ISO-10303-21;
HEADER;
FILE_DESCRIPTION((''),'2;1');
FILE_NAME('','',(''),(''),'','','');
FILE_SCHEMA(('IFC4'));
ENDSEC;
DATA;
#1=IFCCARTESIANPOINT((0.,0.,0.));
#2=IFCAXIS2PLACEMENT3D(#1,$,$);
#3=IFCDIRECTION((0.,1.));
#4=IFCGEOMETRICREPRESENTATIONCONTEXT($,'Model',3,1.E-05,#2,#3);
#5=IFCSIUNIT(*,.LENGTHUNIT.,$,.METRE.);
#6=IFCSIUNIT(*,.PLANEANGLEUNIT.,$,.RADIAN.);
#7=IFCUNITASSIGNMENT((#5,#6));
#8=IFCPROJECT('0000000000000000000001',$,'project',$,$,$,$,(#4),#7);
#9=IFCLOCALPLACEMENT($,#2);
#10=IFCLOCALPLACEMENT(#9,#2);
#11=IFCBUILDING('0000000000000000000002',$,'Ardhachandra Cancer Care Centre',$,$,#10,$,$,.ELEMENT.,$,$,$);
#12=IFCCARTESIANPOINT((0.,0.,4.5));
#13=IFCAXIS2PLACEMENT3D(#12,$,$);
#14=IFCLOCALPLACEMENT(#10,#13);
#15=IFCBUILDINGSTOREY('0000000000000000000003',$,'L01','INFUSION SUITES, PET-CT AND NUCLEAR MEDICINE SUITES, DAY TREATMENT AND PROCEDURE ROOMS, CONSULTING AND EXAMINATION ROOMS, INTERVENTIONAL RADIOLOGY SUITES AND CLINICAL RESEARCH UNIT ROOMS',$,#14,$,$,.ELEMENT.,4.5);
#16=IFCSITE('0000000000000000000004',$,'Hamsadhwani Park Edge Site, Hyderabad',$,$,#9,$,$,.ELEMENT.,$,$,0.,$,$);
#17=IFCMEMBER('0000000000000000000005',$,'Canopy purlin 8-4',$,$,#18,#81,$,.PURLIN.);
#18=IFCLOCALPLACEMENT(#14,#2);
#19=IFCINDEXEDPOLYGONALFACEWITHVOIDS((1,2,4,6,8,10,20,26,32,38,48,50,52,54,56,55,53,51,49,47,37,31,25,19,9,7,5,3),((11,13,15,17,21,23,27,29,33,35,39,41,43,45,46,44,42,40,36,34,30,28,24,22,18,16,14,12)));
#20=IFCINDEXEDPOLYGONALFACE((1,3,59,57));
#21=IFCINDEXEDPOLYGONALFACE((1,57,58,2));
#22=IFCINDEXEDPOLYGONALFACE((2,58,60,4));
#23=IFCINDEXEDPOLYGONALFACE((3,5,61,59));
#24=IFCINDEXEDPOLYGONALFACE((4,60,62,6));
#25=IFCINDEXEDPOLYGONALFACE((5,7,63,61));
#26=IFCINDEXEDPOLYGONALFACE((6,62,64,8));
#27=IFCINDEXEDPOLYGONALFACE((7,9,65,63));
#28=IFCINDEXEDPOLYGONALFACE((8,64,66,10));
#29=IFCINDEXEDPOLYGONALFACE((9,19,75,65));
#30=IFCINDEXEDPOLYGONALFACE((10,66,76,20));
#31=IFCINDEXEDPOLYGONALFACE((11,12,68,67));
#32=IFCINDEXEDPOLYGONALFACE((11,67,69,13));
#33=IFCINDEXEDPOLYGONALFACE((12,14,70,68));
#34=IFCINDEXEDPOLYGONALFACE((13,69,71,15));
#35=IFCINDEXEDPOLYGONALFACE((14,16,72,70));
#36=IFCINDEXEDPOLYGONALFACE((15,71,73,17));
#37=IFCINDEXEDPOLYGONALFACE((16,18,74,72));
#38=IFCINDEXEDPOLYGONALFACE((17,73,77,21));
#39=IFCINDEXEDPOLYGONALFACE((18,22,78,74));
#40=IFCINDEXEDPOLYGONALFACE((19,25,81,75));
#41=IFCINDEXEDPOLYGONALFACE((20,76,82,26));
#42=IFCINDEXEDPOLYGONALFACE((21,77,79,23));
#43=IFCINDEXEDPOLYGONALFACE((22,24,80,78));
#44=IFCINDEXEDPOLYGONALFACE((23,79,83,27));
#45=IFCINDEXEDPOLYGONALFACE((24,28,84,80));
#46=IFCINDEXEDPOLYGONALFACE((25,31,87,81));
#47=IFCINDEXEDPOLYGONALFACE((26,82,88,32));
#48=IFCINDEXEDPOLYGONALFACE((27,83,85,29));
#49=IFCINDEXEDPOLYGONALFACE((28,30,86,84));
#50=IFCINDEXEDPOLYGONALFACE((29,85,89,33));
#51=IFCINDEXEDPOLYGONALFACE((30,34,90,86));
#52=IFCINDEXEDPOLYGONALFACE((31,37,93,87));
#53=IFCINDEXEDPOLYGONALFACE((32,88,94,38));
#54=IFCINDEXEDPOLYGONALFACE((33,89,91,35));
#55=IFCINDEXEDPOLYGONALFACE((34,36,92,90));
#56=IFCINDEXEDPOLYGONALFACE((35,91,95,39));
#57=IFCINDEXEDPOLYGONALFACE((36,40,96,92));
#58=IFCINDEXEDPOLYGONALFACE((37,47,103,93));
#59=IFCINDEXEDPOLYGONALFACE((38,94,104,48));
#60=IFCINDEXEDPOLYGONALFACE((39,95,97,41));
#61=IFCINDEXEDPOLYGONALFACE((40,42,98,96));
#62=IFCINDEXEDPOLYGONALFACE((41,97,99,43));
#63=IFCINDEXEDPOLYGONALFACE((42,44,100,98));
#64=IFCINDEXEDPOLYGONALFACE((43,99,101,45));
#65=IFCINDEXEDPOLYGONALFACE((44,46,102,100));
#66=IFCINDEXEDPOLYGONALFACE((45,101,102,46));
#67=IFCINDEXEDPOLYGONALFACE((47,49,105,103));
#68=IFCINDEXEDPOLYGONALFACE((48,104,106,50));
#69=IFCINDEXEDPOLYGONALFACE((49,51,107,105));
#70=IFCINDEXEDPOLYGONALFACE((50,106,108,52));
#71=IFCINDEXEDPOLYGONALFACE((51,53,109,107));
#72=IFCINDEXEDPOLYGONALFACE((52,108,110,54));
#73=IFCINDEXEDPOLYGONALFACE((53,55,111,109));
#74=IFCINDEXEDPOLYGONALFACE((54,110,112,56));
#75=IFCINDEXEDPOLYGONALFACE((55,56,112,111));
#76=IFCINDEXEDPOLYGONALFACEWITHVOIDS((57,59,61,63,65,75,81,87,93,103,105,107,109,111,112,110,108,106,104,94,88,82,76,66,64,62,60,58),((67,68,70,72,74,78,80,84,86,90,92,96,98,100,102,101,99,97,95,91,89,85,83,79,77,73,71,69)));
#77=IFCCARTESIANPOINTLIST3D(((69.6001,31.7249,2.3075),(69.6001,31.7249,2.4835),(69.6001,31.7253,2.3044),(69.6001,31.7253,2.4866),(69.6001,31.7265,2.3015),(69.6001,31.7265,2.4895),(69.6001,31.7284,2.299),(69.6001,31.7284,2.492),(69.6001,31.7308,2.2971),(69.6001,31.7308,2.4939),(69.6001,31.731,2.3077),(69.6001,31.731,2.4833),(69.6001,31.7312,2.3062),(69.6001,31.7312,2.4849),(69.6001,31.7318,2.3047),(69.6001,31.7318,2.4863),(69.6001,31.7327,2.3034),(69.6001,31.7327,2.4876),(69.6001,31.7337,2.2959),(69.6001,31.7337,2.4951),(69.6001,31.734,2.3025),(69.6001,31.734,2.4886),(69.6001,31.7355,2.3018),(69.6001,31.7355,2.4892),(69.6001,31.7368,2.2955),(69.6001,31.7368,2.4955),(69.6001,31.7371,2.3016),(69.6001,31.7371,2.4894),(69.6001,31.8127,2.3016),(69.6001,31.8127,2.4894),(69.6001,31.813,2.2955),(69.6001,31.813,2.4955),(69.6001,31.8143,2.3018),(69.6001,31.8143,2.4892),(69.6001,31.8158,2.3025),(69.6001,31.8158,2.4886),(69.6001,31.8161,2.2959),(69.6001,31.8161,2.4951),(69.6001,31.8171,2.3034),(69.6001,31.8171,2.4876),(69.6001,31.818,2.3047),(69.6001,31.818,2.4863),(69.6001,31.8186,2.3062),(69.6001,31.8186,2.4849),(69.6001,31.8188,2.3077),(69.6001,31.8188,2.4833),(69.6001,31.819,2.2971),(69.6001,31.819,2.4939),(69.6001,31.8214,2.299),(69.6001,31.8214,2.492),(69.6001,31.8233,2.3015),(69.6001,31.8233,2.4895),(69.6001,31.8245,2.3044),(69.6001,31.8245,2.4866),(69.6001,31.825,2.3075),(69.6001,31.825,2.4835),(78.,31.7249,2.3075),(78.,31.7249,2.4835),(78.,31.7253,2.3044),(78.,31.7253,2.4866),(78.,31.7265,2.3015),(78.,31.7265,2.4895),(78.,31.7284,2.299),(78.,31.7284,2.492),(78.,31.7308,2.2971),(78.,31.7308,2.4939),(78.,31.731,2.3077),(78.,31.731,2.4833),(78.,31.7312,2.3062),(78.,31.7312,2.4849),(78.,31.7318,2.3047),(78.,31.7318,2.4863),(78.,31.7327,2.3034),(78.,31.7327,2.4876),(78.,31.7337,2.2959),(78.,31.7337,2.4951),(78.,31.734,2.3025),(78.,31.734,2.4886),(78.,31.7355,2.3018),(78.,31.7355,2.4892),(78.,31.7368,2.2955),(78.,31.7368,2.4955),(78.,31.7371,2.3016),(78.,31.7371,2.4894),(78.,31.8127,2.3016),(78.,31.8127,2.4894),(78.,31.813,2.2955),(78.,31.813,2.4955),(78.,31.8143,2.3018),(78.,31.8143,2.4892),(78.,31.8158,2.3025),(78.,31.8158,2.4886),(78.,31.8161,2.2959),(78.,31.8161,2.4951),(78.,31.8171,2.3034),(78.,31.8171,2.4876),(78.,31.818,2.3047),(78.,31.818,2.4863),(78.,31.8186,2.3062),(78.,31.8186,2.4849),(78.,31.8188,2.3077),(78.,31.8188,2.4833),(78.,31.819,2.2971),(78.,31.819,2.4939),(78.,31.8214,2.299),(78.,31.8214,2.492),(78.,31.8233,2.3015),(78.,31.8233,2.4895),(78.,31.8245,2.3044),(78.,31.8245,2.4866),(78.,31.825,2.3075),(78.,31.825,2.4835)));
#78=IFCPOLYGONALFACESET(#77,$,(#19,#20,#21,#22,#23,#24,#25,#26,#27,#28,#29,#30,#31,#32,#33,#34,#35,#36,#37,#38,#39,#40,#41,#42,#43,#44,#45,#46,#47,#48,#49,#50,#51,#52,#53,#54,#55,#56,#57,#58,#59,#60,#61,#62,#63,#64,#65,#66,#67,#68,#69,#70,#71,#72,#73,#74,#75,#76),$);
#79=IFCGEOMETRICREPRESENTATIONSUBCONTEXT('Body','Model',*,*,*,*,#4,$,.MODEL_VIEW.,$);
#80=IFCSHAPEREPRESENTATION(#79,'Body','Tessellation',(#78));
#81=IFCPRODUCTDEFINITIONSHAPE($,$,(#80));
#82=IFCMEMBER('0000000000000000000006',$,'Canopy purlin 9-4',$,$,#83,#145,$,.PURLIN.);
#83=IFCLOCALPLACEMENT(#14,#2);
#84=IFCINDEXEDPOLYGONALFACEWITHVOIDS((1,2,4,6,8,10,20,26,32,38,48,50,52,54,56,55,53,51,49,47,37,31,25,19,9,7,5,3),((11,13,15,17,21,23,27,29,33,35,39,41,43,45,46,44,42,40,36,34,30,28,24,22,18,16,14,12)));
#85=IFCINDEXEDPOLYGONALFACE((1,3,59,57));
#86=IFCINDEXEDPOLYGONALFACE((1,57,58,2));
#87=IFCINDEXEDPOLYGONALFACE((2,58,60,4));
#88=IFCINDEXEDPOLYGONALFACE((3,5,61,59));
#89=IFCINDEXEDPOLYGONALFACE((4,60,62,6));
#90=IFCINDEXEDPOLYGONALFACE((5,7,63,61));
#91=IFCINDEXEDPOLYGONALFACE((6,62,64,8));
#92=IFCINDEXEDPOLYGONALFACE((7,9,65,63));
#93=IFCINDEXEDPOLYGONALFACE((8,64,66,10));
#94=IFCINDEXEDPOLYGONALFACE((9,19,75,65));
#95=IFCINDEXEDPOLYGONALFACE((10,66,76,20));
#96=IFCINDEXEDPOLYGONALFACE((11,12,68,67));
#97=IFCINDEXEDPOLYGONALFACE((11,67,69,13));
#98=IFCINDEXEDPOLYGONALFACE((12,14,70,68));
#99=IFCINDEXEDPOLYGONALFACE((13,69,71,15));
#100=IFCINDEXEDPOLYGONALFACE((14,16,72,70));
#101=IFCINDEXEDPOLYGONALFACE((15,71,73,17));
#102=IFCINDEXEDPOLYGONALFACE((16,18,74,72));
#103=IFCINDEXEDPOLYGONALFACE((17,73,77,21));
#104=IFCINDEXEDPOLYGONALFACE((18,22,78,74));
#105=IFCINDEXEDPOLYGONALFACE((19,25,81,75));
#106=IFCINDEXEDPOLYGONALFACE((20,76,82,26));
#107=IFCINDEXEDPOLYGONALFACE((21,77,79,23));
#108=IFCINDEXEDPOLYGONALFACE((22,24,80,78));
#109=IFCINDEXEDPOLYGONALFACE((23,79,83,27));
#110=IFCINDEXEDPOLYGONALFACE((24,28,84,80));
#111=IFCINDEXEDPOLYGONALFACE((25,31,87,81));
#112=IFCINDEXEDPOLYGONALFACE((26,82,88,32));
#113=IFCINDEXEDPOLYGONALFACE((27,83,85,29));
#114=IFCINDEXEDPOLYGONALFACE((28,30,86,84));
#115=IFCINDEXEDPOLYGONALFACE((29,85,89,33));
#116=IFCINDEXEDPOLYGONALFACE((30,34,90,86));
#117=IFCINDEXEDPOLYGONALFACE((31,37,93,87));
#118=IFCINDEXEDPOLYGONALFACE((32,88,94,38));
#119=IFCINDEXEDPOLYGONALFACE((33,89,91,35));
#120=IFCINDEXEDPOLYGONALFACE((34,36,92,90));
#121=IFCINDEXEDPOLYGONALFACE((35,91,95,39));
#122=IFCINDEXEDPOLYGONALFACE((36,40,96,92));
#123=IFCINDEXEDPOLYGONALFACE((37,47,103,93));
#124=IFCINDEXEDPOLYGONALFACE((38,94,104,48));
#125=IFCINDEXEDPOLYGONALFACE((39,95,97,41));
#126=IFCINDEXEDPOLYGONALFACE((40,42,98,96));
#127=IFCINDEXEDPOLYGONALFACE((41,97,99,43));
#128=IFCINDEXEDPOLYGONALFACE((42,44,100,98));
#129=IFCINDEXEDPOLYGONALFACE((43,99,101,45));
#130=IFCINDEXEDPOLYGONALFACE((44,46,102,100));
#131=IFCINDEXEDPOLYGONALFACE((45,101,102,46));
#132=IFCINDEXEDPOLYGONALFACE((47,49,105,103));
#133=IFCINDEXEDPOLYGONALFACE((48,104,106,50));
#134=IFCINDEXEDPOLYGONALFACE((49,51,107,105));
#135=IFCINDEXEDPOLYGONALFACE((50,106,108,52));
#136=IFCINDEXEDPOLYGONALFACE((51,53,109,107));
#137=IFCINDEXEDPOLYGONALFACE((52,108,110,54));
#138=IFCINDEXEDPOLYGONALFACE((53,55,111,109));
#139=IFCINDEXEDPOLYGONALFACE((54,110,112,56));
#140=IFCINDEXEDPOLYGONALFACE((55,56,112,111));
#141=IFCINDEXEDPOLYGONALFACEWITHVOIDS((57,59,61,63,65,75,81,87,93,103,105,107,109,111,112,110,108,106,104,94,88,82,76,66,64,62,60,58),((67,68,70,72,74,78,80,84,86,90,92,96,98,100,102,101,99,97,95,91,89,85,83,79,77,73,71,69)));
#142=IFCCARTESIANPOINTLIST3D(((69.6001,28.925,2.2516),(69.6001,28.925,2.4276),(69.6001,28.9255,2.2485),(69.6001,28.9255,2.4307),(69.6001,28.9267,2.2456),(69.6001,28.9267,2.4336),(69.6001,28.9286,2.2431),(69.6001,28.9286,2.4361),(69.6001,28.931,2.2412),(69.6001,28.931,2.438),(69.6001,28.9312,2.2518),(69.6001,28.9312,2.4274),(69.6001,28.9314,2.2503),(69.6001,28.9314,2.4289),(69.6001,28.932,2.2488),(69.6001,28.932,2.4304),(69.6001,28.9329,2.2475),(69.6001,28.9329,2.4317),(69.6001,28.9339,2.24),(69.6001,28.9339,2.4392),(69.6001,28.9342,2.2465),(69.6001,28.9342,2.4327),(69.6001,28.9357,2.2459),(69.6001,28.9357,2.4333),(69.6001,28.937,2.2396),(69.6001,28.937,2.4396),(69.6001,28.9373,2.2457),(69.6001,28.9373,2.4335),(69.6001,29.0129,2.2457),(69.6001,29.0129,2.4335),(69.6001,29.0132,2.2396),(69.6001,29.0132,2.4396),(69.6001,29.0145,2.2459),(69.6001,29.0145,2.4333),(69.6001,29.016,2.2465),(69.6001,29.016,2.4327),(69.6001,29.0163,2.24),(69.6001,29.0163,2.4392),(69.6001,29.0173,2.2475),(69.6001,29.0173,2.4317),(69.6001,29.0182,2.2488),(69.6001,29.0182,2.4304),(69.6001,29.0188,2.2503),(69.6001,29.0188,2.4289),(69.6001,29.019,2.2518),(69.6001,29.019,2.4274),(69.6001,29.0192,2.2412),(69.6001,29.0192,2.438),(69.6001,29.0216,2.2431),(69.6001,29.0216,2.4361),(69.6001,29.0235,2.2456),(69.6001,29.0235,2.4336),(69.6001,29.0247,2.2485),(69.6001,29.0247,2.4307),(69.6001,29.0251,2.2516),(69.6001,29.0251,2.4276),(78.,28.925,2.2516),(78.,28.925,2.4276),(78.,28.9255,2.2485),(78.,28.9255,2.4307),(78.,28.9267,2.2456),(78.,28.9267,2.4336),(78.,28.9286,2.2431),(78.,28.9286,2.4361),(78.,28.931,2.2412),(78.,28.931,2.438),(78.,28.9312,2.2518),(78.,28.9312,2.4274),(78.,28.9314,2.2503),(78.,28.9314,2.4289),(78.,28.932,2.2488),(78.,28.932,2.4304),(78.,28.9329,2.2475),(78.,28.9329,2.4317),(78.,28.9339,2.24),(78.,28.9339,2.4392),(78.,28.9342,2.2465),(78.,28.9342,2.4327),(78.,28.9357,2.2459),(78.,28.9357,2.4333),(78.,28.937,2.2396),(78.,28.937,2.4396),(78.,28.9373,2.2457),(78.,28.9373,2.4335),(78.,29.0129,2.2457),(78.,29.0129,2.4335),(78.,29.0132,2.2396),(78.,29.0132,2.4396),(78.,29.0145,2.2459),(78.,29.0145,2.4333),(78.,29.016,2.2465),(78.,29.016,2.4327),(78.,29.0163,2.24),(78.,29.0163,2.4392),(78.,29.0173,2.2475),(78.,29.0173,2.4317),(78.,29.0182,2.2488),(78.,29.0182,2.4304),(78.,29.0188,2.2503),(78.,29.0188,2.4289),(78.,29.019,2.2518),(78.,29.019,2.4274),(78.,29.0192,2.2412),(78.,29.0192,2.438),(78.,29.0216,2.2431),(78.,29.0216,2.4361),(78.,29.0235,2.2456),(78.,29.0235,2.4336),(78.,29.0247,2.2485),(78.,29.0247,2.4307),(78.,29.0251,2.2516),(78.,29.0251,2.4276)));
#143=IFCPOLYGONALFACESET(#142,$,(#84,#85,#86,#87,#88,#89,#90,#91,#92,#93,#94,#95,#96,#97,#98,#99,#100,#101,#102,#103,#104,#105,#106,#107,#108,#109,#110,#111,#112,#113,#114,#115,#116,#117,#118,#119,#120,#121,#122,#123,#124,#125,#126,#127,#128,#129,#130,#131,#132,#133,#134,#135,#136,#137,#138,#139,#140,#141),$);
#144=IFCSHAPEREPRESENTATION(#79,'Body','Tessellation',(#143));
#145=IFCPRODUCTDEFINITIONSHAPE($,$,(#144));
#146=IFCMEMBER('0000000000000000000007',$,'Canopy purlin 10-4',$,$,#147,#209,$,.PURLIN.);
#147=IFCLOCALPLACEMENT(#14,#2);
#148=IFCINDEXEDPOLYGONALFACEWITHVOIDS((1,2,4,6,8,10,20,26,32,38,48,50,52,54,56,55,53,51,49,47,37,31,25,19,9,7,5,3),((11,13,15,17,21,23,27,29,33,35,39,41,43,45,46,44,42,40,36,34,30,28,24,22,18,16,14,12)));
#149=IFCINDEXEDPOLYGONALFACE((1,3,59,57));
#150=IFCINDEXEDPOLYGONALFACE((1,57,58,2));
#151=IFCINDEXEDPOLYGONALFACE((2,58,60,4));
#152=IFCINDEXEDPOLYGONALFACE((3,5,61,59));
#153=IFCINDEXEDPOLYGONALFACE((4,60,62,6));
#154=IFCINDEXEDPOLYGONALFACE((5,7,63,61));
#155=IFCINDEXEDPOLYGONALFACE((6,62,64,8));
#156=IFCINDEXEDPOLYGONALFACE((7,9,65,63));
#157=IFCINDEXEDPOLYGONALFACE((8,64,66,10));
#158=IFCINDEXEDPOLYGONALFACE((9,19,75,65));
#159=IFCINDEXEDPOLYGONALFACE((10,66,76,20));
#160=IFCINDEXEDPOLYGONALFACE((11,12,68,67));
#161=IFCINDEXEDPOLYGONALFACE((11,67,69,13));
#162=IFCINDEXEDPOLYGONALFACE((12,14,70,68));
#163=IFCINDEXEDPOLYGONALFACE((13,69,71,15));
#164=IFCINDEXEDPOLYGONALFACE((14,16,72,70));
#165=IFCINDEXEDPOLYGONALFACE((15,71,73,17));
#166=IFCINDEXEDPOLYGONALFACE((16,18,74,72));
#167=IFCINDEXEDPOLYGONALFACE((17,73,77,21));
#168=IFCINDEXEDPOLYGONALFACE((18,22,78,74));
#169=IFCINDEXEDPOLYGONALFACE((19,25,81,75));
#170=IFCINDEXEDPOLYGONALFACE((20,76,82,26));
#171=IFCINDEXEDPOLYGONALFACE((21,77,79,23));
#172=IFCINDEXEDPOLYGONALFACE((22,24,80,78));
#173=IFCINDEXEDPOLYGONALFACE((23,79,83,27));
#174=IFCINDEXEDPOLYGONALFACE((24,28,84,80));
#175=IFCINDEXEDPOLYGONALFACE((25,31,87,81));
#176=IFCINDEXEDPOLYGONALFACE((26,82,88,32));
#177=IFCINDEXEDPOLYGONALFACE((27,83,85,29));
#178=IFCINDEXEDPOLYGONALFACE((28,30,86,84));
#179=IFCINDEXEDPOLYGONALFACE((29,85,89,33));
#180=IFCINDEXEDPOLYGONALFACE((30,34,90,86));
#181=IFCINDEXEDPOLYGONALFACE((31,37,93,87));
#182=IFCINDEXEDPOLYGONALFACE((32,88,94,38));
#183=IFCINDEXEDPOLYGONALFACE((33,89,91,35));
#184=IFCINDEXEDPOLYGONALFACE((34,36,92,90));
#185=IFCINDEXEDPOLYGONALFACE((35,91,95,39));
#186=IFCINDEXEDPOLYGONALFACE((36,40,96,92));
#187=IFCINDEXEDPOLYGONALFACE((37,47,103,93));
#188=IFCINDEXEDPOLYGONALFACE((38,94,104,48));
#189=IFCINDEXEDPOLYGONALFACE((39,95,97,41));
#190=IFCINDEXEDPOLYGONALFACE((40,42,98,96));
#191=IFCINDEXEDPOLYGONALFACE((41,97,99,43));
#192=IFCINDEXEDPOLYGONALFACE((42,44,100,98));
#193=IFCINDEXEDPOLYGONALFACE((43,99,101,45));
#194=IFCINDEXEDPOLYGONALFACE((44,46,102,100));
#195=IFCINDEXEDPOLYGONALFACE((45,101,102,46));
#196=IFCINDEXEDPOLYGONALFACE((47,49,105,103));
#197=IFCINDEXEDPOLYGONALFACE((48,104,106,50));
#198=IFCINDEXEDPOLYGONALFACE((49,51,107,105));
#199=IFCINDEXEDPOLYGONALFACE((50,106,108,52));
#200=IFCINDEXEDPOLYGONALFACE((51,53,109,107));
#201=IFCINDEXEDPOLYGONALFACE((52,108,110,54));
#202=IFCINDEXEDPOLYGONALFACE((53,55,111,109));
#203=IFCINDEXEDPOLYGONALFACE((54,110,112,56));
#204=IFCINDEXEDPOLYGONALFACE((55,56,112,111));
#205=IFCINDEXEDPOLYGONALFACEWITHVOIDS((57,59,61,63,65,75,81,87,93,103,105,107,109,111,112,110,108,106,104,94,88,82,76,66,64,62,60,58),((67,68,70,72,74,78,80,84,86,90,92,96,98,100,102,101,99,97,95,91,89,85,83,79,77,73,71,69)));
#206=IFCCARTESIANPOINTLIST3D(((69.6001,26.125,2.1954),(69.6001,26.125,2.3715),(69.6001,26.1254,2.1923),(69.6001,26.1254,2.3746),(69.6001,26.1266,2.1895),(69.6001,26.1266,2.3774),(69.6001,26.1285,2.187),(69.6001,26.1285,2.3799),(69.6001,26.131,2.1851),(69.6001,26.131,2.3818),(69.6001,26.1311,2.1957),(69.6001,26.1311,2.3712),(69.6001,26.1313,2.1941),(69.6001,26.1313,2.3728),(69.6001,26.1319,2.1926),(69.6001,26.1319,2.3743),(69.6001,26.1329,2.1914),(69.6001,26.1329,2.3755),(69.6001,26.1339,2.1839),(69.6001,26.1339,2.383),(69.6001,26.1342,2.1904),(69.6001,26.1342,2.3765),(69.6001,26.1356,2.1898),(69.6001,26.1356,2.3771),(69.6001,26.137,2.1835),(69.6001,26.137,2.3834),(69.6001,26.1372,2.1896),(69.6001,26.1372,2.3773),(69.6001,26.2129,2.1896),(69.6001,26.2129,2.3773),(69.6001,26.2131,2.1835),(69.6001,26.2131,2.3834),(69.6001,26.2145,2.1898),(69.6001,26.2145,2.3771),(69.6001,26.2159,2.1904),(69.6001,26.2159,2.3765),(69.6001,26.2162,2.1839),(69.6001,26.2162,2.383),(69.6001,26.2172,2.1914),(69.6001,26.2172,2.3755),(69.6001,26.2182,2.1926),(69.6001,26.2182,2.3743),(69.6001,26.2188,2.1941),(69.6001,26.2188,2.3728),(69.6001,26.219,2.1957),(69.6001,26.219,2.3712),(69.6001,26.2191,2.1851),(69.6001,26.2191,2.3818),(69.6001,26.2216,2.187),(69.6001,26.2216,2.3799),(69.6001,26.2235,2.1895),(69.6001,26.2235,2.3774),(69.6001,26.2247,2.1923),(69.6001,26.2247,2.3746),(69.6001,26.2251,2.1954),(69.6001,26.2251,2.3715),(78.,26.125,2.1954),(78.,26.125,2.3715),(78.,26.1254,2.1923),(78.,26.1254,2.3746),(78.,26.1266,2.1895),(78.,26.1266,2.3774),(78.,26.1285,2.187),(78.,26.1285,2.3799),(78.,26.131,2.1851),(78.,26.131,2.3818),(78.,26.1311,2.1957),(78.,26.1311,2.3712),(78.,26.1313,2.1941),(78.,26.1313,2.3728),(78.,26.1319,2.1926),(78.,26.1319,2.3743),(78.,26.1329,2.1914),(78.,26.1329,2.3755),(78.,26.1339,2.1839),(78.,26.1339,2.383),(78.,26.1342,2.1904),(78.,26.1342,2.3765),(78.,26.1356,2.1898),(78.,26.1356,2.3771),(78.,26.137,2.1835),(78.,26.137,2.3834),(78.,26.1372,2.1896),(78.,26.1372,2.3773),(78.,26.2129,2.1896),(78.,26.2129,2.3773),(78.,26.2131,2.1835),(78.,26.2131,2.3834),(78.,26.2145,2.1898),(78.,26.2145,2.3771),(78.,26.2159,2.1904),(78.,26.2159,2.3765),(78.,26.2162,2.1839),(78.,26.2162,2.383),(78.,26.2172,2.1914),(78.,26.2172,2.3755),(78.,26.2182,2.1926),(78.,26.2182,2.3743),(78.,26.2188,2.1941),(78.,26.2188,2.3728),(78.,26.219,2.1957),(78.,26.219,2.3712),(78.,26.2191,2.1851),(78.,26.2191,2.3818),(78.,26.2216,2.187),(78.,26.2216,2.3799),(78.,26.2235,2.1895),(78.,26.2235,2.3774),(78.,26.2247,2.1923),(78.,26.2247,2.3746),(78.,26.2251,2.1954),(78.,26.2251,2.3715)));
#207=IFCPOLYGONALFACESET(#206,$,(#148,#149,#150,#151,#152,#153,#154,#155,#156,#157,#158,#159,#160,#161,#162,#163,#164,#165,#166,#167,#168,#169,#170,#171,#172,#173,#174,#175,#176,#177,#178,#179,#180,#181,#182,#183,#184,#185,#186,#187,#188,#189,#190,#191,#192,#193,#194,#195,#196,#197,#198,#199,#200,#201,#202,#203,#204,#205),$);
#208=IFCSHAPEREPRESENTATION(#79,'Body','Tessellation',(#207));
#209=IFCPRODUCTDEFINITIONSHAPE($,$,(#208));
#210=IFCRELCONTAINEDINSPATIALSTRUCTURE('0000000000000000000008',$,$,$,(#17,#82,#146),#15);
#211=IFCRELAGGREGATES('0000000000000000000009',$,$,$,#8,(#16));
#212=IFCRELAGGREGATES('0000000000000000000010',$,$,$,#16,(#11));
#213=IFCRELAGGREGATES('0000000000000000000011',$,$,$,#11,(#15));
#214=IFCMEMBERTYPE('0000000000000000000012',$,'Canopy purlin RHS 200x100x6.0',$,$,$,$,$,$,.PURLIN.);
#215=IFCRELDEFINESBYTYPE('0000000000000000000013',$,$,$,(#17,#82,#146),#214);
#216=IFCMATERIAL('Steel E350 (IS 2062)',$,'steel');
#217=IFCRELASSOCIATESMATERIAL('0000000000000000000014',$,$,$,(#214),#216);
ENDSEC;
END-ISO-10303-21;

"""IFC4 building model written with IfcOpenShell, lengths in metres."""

from ifc_helpers import new_model, si_unit, direction, frame, origin, origin_2d, place, context, subcontext, project, spatial, hollow_rectangle, extrude, material, material_profile, profile_set, type_object, element, save


model = new_model("IFC4")

# Units and contexts
model_context = context("Model", 3, precision=1e-05, world=origin(), true_north=direction((0.0, 1.0)))
body_context = subcontext(model_context, "Body", "Model", "MODEL_VIEW")
ifc_project = project(units=[si_unit("LENGTHUNIT", "METRE"), si_unit("PLANEANGLEUNIT", "RADIAN")], contexts=[model_context])

# Site, building, storey
site_placement = place(None, origin())
site = spatial("IfcSite", under=ifc_project, at=site_placement, Name="Hamsadhwani Park Edge Site, Hyderabad", CompositionType="ELEMENT", RefElevation=0.0)
building_placement = place(site_placement, origin())
building = spatial("IfcBuilding", under=site, at=building_placement, Name="Ardhachandra Cancer Care Centre", CompositionType="ELEMENT")
storey_placement = place(building_placement, frame((0.0, 0.0, 4.5)))
storey = spatial("IfcBuildingStorey", under=building, at=storey_placement, Name="L01", Description="INFUSION SUITES, PET-CT AND NUCLEAR MEDICINE SUITES, DAY TREATMENT AND PROCEDURE ROOMS, CONSULTING AND EXAMINATION ROOMS, INTERVENTIONAL RADIOLOGY SUITES AND CLINICAL RESEARCH UNIT ROOMS", CompositionType="ELEMENT", Elevation=4.5)

# Members
ifc_material_1 = material(Name="Steel E350 (IS 2062)", Category="steel")
ifc_material_profile_1 = material_profile(ifc_material_1, hollow_rectangle(XDim=0.1001, YDim=0.2, WallThickness=0.0061, InnerFilletRadius=0.0061, OuterFilletRadius=0.012, at=origin_2d()), Name="RHS 200x100x6.0")
ifc_profile_set_1 = profile_set([ifc_material_profile_1], Name="Steel E350 (IS 2062)")
member_type_1 = type_object("IfcMemberType", Name="Canopy purlin RHS 200x100x6.0", PredefinedType="PURLIN", material=ifc_profile_set_1)
for number, where, z_axis, x_axis, name in (
    (1, (69.6001, 31.7749, 2.3955), (1.0, 0.0, 0.0), (0.0, 1.0, 0.0), "Canopy purlin 8-4"),
    (2, (69.6001, 28.9751, 2.3396), (1.0, 0.0, 0.0), (0.0, 1.0, 0.0), "Canopy purlin 9-4"),
    (3, (69.6001, 26.175, 2.2834), (1.0, 0.0, 0.0), (0.0, 1.0, 0.0), "Canopy purlin 10-4"),
):
    element("IfcMember", number, at=place(storey_placement, frame(where, z_axis=z_axis, x_axis=x_axis)), inside=storey, type_object=member_type_1, Name=name, PredefinedType="PURLIN", context=body_context, shape_type="SweptSolid", body=[
        extrude(hollow_rectangle(XDim=0.1001, YDim=0.2, WallThickness=0.0061, InnerFilletRadius=0.0061, OuterFilletRadius=0.012, at=origin_2d()), origin(), (0.0, 0.0, 1.0), 8.3999),
    ])

save(model, "model.ifc")
